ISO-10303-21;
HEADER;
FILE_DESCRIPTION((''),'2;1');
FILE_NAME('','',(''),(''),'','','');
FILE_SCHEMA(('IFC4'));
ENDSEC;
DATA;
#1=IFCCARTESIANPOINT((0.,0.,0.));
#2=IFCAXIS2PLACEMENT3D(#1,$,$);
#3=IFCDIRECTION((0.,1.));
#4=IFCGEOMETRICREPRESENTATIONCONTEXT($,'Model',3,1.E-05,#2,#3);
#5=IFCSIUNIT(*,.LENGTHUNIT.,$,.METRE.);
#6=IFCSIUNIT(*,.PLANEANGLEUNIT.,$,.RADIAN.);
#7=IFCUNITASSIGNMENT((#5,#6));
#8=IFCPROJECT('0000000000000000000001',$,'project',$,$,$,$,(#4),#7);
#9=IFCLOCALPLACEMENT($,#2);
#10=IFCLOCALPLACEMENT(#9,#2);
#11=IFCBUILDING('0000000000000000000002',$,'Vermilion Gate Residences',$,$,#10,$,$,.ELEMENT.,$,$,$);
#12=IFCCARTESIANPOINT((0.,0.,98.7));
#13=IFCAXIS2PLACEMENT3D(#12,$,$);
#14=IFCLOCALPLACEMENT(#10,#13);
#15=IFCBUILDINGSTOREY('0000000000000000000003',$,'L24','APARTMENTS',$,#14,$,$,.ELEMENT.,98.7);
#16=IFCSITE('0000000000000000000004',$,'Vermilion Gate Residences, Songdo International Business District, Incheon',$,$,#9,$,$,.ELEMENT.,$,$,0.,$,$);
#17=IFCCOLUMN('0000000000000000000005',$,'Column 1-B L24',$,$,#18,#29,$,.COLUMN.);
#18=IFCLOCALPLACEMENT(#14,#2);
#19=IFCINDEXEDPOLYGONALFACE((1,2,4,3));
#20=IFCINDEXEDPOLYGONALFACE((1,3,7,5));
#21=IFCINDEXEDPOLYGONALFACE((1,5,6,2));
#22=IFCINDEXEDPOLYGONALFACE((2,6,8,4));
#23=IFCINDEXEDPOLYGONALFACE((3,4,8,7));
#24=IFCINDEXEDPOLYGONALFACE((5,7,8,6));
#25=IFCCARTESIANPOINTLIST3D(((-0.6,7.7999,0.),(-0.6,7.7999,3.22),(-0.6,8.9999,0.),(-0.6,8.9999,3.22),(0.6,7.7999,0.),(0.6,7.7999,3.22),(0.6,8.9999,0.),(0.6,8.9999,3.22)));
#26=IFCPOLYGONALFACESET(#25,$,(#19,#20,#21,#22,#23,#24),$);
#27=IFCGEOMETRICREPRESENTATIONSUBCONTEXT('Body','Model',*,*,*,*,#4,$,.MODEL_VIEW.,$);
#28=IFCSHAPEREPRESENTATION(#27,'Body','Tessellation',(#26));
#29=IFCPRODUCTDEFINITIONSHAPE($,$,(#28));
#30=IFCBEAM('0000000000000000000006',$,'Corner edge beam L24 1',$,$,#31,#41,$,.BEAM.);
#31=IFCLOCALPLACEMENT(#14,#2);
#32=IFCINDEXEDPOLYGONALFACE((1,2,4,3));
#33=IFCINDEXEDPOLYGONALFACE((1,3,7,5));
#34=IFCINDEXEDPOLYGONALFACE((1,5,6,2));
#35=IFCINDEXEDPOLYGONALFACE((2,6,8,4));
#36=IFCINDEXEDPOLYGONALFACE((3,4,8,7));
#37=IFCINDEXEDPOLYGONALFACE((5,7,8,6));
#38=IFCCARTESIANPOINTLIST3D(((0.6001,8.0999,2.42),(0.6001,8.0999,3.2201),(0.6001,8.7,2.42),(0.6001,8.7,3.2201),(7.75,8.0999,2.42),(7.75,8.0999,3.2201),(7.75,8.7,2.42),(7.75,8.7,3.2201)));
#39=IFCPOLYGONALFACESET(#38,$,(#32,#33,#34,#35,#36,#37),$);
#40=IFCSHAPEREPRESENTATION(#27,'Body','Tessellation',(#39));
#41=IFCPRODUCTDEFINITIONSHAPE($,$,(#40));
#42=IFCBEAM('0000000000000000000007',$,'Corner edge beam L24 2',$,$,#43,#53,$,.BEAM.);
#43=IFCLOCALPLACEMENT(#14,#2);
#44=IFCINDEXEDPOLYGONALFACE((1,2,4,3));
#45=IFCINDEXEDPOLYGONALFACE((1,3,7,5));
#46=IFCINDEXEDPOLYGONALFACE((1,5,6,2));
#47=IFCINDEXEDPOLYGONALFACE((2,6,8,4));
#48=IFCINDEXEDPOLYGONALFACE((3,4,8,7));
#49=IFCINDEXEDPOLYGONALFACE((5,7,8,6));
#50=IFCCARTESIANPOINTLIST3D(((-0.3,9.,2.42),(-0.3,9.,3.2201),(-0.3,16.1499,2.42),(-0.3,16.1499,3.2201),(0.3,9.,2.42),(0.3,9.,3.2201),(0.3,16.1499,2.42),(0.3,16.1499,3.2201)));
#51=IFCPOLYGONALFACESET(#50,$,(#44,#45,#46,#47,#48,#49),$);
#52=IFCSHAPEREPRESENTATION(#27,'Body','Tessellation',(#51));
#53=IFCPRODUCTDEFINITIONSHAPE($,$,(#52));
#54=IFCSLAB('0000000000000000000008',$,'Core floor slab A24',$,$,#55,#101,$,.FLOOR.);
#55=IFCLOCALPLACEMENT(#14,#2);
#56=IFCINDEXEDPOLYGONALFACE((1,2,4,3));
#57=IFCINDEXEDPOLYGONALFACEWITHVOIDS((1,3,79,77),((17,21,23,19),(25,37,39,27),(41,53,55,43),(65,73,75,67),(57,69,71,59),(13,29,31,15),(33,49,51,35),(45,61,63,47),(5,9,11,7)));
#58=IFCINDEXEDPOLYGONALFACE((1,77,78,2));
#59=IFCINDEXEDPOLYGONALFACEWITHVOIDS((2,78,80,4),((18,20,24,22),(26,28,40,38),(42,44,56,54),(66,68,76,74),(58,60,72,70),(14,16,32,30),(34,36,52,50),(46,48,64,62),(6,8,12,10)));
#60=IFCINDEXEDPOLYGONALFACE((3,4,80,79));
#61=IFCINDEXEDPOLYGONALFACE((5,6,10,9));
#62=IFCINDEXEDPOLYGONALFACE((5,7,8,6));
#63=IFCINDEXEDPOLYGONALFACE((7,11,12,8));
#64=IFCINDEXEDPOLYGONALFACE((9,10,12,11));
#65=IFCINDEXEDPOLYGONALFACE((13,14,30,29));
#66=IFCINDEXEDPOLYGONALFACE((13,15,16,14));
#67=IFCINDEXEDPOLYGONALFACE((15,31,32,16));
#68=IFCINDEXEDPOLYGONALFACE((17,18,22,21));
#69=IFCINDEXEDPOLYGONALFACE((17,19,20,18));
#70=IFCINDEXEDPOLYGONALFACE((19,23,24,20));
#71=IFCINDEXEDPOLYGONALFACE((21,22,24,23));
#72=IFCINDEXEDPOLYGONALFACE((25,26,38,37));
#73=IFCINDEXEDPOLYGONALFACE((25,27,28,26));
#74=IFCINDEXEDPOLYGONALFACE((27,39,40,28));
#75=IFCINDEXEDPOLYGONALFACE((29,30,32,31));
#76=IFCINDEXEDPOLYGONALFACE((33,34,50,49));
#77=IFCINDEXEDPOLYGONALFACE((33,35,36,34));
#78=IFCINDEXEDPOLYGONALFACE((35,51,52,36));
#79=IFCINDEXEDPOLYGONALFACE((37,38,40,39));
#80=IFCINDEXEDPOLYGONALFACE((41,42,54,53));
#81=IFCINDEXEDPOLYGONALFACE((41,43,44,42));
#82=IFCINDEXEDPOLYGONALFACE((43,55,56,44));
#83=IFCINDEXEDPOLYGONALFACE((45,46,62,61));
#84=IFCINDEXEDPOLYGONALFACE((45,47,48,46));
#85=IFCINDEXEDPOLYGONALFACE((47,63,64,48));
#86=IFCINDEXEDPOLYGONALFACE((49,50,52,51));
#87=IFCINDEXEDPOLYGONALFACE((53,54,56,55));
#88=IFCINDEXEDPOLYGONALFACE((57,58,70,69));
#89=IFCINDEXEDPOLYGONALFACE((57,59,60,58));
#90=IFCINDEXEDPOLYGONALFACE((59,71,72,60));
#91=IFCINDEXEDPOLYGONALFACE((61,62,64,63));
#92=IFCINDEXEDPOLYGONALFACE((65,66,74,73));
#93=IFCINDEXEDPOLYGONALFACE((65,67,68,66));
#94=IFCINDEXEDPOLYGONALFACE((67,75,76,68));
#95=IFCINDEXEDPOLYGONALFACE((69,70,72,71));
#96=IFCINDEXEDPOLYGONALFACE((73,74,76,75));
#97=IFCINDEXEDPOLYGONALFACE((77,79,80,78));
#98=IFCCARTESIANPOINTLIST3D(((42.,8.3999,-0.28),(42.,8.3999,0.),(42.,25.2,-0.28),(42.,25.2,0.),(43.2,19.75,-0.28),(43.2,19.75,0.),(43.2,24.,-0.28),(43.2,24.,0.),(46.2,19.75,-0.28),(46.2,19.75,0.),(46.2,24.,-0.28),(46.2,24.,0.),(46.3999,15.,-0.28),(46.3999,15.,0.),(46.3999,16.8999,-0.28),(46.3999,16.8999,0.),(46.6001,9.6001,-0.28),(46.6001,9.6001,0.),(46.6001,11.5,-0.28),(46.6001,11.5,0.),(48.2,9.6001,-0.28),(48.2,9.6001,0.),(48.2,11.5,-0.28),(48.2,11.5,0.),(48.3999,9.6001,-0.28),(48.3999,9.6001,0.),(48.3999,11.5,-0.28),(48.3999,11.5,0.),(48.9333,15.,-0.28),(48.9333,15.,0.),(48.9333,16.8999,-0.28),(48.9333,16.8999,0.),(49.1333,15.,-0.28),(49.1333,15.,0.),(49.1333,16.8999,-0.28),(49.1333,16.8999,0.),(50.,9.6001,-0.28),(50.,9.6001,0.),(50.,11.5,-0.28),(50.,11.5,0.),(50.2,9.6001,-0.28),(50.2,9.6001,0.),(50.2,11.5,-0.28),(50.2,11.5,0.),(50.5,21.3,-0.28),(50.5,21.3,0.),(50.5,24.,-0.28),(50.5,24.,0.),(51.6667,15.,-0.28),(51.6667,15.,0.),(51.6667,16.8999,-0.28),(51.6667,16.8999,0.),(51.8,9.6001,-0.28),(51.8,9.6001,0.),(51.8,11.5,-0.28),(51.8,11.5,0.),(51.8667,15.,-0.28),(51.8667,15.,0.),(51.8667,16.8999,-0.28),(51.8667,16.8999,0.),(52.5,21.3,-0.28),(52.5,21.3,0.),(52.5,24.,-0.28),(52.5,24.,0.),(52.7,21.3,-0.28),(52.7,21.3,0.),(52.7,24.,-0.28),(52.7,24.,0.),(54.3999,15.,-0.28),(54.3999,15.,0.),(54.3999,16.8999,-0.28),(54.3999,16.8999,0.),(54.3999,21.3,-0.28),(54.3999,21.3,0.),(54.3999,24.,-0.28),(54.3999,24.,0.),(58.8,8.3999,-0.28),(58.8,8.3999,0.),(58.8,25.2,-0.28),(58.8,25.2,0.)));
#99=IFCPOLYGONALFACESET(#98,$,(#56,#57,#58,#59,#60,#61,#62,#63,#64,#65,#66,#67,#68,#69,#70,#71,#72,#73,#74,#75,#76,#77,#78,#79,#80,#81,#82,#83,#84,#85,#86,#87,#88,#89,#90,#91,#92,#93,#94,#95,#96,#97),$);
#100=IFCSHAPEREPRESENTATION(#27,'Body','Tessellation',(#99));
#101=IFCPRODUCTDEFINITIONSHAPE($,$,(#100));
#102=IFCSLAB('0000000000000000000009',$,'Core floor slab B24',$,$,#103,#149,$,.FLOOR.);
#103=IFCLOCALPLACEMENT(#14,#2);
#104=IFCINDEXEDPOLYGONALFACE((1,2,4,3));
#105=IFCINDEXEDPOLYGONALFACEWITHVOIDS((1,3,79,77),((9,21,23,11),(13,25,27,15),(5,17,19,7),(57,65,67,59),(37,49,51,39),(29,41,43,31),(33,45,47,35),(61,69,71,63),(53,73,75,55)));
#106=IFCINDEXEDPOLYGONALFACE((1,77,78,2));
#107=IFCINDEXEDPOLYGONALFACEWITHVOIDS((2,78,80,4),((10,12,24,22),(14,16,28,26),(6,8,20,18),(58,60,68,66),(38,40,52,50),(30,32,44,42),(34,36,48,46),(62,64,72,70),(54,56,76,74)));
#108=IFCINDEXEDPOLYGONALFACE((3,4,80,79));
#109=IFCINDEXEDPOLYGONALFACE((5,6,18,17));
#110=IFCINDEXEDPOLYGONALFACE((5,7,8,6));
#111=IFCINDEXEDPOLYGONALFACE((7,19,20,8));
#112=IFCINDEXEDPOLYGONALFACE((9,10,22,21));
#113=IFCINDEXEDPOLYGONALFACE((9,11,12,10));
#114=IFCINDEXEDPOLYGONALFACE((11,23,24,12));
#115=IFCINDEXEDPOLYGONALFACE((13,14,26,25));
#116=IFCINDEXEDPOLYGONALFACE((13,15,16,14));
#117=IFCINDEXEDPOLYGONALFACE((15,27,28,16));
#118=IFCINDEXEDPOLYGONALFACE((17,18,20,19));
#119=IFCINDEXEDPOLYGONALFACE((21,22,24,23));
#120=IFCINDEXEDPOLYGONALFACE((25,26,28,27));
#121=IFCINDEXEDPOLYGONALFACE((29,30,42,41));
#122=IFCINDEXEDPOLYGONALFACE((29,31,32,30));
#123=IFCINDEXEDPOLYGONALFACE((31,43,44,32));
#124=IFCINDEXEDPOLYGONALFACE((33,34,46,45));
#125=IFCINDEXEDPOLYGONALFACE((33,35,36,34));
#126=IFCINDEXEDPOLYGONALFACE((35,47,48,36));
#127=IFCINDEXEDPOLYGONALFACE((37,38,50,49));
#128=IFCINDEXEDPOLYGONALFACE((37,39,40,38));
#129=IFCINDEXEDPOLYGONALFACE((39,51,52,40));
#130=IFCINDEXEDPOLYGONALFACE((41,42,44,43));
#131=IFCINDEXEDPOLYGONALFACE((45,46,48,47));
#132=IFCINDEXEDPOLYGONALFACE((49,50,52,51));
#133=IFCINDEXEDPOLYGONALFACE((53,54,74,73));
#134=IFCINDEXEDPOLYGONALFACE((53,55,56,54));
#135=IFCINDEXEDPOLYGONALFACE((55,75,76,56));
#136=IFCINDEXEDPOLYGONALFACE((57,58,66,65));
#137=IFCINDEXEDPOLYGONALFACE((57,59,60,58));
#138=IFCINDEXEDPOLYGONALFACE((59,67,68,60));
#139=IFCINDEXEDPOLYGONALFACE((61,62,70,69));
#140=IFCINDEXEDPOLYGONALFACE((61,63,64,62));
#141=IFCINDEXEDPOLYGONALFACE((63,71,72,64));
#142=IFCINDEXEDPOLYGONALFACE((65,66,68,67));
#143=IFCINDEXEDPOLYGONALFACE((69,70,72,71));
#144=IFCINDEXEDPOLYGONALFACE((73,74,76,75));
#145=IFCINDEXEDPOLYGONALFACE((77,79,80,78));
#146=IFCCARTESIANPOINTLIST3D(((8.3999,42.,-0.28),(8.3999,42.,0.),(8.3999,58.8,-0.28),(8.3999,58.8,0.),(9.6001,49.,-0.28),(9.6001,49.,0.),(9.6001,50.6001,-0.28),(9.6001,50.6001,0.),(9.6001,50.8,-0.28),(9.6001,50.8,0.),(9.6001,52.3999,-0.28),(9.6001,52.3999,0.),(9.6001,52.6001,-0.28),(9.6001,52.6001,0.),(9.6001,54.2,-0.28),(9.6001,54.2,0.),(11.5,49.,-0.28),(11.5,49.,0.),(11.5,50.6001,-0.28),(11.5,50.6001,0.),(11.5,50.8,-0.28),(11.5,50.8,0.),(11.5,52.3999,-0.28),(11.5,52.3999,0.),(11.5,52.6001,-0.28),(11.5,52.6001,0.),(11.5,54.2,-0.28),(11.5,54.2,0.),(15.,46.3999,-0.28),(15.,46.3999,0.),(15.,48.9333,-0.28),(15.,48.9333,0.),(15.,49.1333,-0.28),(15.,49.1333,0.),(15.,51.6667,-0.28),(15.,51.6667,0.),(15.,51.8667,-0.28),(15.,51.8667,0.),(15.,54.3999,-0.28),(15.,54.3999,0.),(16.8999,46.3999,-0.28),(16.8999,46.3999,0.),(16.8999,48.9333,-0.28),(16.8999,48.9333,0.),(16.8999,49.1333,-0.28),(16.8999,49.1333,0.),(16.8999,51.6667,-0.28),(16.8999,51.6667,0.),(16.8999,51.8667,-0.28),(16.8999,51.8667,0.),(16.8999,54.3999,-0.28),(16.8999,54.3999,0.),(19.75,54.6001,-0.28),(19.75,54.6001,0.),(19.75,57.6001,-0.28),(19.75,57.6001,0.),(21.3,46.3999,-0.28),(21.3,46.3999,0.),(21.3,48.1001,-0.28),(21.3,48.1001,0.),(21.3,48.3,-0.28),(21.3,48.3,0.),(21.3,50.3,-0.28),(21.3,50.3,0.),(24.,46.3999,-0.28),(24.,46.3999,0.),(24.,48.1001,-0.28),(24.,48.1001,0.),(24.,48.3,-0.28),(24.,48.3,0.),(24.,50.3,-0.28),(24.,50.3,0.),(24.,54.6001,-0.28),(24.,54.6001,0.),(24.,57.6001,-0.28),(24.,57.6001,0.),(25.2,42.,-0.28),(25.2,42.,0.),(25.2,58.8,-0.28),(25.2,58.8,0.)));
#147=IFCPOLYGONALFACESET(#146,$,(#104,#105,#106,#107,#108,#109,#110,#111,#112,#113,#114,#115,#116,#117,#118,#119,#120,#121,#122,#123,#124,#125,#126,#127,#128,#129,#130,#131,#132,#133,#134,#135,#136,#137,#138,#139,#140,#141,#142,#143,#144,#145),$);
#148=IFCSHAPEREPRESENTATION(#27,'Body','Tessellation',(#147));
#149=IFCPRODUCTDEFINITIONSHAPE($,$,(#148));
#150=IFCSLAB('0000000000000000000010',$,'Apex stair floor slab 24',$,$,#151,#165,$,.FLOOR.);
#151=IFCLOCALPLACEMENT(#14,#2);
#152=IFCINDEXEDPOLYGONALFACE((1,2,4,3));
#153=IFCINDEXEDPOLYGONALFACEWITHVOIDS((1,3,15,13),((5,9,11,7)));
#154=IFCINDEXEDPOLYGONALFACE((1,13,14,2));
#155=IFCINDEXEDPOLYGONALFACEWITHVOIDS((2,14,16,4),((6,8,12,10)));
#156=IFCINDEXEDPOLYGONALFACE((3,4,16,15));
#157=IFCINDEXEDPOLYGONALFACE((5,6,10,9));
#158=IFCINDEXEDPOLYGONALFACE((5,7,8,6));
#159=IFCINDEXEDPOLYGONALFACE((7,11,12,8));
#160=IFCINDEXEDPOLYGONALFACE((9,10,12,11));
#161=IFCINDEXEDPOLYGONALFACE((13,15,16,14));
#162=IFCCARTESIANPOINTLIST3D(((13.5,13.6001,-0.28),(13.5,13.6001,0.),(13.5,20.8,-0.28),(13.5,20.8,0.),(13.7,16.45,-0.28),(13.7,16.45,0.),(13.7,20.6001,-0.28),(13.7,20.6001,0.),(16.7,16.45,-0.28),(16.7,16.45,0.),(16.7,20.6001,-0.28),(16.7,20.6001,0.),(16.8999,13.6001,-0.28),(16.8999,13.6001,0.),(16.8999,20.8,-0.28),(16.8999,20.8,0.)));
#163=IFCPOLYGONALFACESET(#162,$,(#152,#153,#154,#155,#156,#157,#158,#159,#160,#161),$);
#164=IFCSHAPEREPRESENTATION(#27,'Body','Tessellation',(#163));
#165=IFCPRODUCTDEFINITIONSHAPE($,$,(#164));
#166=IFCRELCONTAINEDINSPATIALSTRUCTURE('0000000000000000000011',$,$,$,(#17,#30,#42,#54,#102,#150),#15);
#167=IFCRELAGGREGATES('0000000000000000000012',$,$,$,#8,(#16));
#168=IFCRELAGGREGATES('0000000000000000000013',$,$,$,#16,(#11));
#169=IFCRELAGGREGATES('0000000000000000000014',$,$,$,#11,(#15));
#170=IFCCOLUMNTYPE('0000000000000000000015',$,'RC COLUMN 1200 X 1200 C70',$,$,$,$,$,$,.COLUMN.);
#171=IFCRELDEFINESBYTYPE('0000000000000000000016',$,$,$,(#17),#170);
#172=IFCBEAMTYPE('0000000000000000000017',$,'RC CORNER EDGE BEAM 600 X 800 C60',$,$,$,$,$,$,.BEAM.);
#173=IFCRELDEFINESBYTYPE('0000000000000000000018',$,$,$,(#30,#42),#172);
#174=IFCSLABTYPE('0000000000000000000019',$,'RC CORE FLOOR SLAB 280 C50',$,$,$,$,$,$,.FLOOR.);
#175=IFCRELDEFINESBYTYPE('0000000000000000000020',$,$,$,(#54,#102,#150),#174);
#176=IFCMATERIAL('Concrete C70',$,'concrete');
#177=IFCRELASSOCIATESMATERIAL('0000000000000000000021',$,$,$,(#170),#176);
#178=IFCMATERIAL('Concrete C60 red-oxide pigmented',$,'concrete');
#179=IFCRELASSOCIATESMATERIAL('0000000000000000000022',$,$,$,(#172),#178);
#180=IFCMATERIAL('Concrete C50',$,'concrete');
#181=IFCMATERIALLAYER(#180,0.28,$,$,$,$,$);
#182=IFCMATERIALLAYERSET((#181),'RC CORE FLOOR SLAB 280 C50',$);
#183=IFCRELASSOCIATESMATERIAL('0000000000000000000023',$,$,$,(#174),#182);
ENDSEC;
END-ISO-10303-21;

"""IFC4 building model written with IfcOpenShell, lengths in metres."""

from ifc_helpers import new_model, si_unit, direction, frame, origin, origin_2d, place, context, subcontext, project, spatial, polyline, rectangle, outline, extrude, material, layer, layer_set, material_profile, profile_set, type_object, element, save


model = new_model("IFC4")

# Units and contexts
model_context = context("Model", 3, precision=1e-05, world=origin(), true_north=direction((0.0, 1.0)))
body_context = subcontext(model_context, "Body", "Model", "MODEL_VIEW")
ifc_project = project(units=[si_unit("LENGTHUNIT", "METRE"), si_unit("PLANEANGLEUNIT", "RADIAN")], contexts=[model_context])

# Site, building, storey
site_placement = place(None, origin())
site = spatial("IfcSite", under=ifc_project, at=site_placement, Name="Vermilion Gate Residences, Songdo International Business District, Incheon", CompositionType="ELEMENT", RefElevation=0.0)
building_placement = place(site_placement, origin())
building = spatial("IfcBuilding", under=site, at=building_placement, Name="Vermilion Gate Residences", CompositionType="ELEMENT")
storey_placement = place(building_placement, frame((0.0, 0.0, 98.7)))
storey = spatial("IfcBuildingStorey", under=building, at=storey_placement, Name="L24", Description="APARTMENTS", CompositionType="ELEMENT", Elevation=98.7)

# Column
ifc_material_1 = material(Name="Concrete C70", Category="concrete")
ifc_material_profile_1 = material_profile(ifc_material_1, rectangle(XDim=1.2, YDim=1.2, at=origin_2d()), Name="RC-1200x1200")
ifc_profile_set_1 = profile_set([ifc_material_profile_1], Name="Concrete C70")
column_type = type_object("IfcColumnType", Name="RC COLUMN 1200 X 1200 C70", PredefinedType="COLUMN", material=ifc_profile_set_1)
column_placement = place(storey_placement, frame((0.0, 8.3999, 0.0), z_axis=(0.0, 0.0, 1.0), x_axis=(1.0, 0.0, 0.0)))
element("IfcColumn", 1, at=column_placement, inside=storey, type_object=column_type, Name="Column 1-B L24", PredefinedType="COLUMN", context=body_context, shape_type="SweptSolid", body=[
    extrude(rectangle(XDim=1.2, YDim=1.2, at=origin_2d()), origin(), (0.0, 0.0, 1.0), 3.22),
])

# Beams
ifc_material_2 = material(Name="Concrete C60 red-oxide pigmented", Category="concrete")
ifc_material_profile_2 = material_profile(ifc_material_2, rectangle(XDim=0.6001, YDim=0.8, at=origin_2d()), Name="RC-600x800")
ifc_profile_set_2 = profile_set([ifc_material_profile_2], Name="Concrete C60 red-oxide pigmented")
beam_type = type_object("IfcBeamType", Name="RC CORNER EDGE BEAM 600 X 800 C60", PredefinedType="BEAM", material=ifc_profile_set_2)
for number, where, z_axis, x_axis, name in (
    (2, (0.6001, 8.3999, 2.8201), (1.0, 0.0, 0.0), (0.0, 1.0, 0.0), "Corner edge beam L24 1"),
    (3, (0.0, 9.0, 2.8201), (0.0, 1.0, 0.0), (-1.0, 0.0, 0.0), "Corner edge beam L24 2"),
):
    element("IfcBeam", number, at=place(storey_placement, frame(where, z_axis=z_axis, x_axis=x_axis)), inside=storey, type_object=beam_type, Name=name, PredefinedType="BEAM", context=body_context, shape_type="SweptSolid", body=[
        extrude(rectangle(XDim=0.6001, YDim=0.8, at=origin_2d()), origin(), (0.0, 0.0, 1.0), 7.1499),
    ])

# Slabs
ifc_material_3 = material(Name="Concrete C50", Category="concrete")
ifc_layer_1 = layer(ifc_material_3, 0.28)
ifc_layer_set_1 = layer_set([ifc_layer_1], Name="RC CORE FLOOR SLAB 280 C50")
slab_type_1 = type_object("IfcSlabType", Name="RC CORE FLOOR SLAB 280 C50", PredefinedType="FLOOR", material=ifc_layer_set_1)
slab_1_placement = place(storey_placement, frame((0.0, 0.0, -0.28)))
element("IfcSlab", 4, at=slab_1_placement, inside=storey, type_object=slab_type_1, Name="Core floor slab A24", PredefinedType="FLOOR", context=body_context, shape_type="SweptSolid", body=[
    extrude(outline(polyline([(42.0, 8.3999), (58.8, 8.3999), (58.8, 25.2), (42.0, 25.2), (42.0, 8.3999)]), holes=[polyline([(46.6001, 11.5), (48.2, 11.5), (48.2, 9.6001), (46.6001, 9.6001), (46.6001, 11.5)]), polyline([(48.3999, 11.5), (50.0, 11.5), (50.0, 9.6001), (48.3999, 9.6001), (48.3999, 11.5)]), polyline([(50.2, 11.5), (51.8, 11.5), (51.8, 9.6001), (50.2, 9.6001), (50.2, 11.5)]), polyline([(46.3999, 16.8999), (48.9333, 16.8999), (48.9333, 15.0), (46.3999, 15.0), (46.3999, 16.8999)]), polyline([(49.1333, 16.8999), (51.6667, 16.8999), (51.6667, 15.0), (49.1333, 15.0), (49.1333, 16.8999)]), polyline([(51.8667, 16.8999), (54.3999, 16.8999), (54.3999, 15.0), (51.8667, 15.0), (51.8667, 16.8999)]), polyline([(43.2, 24.0), (46.2, 24.0), (46.2, 19.75), (43.2, 19.75), (43.2, 24.0)]), polyline([(52.5, 24.0), (52.5, 21.3), (50.5, 21.3), (50.5, 24.0), (52.5, 24.0)]), polyline([(54.3999, 24.0), (54.3999, 21.3), (52.7, 21.3), (52.7, 24.0), (54.3999, 24.0)])]), origin(), (0.0, 0.0, 1.0), 0.28),
])
slab_2_placement = place(storey_placement, frame((0.0, 0.0, -0.28)))
element("IfcSlab", 5, at=slab_2_placement, inside=storey, type_object=slab_type_1, Name="Core floor slab B24", PredefinedType="FLOOR", context=body_context, shape_type="SweptSolid", body=[
    extrude(outline(polyline([(8.3999, 42.0), (25.2, 42.0), (25.2, 58.8), (8.3999, 58.8), (8.3999, 42.0)]), holes=[polyline([(21.3, 48.1001), (24.0, 48.1001), (24.0, 46.3999), (21.3, 46.3999), (21.3, 48.1001)]), polyline([(15.0, 48.9333), (16.8999, 48.9333), (16.8999, 46.3999), (15.0, 46.3999), (15.0, 48.9333)]), polyline([(21.3, 50.3), (24.0, 50.3), (24.0, 48.3), (21.3, 48.3), (21.3, 50.3)]), polyline([(9.6001, 50.6001), (11.5, 50.6001), (11.5, 49.0), (9.6001, 49.0), (9.6001, 50.6001)]), polyline([(15.0, 51.6667), (16.8999, 51.6667), (16.8999, 49.1333), (15.0, 49.1333), (15.0, 51.6667)]), polyline([(9.6001, 52.3999), (11.5, 52.3999), (11.5, 50.8), (9.6001, 50.8), (9.6001, 52.3999)]), polyline([(15.0, 54.3999), (16.8999, 54.3999), (16.8999, 51.8667), (15.0, 51.8667), (15.0, 54.3999)]), polyline([(11.5, 54.2), (11.5, 52.6001), (9.6001, 52.6001), (9.6001, 54.2), (11.5, 54.2)]), polyline([(24.0, 57.6001), (24.0, 54.6001), (19.75, 54.6001), (19.75, 57.6001), (24.0, 57.6001)])]), origin(), (0.0, 0.0, 1.0), 0.28),
])
slab_3_placement = place(storey_placement, frame((0.0, 0.0, -0.28)))
element("IfcSlab", 6, at=slab_3_placement, inside=storey, type_object=slab_type_1, Name="Apex stair floor slab 24", PredefinedType="FLOOR", context=body_context, shape_type="SweptSolid", body=[
    extrude(outline(polyline([(13.5, 13.6001), (16.8999, 13.6001), (16.8999, 20.8), (13.5, 20.8), (13.5, 13.6001)]), holes=[polyline([(16.7, 20.6001), (16.7, 16.45), (13.7, 16.45), (13.7, 20.6001), (16.7, 20.6001)])]), origin(), (0.0, 0.0, 1.0), 0.28),
])

save(model, "model.ifc")
